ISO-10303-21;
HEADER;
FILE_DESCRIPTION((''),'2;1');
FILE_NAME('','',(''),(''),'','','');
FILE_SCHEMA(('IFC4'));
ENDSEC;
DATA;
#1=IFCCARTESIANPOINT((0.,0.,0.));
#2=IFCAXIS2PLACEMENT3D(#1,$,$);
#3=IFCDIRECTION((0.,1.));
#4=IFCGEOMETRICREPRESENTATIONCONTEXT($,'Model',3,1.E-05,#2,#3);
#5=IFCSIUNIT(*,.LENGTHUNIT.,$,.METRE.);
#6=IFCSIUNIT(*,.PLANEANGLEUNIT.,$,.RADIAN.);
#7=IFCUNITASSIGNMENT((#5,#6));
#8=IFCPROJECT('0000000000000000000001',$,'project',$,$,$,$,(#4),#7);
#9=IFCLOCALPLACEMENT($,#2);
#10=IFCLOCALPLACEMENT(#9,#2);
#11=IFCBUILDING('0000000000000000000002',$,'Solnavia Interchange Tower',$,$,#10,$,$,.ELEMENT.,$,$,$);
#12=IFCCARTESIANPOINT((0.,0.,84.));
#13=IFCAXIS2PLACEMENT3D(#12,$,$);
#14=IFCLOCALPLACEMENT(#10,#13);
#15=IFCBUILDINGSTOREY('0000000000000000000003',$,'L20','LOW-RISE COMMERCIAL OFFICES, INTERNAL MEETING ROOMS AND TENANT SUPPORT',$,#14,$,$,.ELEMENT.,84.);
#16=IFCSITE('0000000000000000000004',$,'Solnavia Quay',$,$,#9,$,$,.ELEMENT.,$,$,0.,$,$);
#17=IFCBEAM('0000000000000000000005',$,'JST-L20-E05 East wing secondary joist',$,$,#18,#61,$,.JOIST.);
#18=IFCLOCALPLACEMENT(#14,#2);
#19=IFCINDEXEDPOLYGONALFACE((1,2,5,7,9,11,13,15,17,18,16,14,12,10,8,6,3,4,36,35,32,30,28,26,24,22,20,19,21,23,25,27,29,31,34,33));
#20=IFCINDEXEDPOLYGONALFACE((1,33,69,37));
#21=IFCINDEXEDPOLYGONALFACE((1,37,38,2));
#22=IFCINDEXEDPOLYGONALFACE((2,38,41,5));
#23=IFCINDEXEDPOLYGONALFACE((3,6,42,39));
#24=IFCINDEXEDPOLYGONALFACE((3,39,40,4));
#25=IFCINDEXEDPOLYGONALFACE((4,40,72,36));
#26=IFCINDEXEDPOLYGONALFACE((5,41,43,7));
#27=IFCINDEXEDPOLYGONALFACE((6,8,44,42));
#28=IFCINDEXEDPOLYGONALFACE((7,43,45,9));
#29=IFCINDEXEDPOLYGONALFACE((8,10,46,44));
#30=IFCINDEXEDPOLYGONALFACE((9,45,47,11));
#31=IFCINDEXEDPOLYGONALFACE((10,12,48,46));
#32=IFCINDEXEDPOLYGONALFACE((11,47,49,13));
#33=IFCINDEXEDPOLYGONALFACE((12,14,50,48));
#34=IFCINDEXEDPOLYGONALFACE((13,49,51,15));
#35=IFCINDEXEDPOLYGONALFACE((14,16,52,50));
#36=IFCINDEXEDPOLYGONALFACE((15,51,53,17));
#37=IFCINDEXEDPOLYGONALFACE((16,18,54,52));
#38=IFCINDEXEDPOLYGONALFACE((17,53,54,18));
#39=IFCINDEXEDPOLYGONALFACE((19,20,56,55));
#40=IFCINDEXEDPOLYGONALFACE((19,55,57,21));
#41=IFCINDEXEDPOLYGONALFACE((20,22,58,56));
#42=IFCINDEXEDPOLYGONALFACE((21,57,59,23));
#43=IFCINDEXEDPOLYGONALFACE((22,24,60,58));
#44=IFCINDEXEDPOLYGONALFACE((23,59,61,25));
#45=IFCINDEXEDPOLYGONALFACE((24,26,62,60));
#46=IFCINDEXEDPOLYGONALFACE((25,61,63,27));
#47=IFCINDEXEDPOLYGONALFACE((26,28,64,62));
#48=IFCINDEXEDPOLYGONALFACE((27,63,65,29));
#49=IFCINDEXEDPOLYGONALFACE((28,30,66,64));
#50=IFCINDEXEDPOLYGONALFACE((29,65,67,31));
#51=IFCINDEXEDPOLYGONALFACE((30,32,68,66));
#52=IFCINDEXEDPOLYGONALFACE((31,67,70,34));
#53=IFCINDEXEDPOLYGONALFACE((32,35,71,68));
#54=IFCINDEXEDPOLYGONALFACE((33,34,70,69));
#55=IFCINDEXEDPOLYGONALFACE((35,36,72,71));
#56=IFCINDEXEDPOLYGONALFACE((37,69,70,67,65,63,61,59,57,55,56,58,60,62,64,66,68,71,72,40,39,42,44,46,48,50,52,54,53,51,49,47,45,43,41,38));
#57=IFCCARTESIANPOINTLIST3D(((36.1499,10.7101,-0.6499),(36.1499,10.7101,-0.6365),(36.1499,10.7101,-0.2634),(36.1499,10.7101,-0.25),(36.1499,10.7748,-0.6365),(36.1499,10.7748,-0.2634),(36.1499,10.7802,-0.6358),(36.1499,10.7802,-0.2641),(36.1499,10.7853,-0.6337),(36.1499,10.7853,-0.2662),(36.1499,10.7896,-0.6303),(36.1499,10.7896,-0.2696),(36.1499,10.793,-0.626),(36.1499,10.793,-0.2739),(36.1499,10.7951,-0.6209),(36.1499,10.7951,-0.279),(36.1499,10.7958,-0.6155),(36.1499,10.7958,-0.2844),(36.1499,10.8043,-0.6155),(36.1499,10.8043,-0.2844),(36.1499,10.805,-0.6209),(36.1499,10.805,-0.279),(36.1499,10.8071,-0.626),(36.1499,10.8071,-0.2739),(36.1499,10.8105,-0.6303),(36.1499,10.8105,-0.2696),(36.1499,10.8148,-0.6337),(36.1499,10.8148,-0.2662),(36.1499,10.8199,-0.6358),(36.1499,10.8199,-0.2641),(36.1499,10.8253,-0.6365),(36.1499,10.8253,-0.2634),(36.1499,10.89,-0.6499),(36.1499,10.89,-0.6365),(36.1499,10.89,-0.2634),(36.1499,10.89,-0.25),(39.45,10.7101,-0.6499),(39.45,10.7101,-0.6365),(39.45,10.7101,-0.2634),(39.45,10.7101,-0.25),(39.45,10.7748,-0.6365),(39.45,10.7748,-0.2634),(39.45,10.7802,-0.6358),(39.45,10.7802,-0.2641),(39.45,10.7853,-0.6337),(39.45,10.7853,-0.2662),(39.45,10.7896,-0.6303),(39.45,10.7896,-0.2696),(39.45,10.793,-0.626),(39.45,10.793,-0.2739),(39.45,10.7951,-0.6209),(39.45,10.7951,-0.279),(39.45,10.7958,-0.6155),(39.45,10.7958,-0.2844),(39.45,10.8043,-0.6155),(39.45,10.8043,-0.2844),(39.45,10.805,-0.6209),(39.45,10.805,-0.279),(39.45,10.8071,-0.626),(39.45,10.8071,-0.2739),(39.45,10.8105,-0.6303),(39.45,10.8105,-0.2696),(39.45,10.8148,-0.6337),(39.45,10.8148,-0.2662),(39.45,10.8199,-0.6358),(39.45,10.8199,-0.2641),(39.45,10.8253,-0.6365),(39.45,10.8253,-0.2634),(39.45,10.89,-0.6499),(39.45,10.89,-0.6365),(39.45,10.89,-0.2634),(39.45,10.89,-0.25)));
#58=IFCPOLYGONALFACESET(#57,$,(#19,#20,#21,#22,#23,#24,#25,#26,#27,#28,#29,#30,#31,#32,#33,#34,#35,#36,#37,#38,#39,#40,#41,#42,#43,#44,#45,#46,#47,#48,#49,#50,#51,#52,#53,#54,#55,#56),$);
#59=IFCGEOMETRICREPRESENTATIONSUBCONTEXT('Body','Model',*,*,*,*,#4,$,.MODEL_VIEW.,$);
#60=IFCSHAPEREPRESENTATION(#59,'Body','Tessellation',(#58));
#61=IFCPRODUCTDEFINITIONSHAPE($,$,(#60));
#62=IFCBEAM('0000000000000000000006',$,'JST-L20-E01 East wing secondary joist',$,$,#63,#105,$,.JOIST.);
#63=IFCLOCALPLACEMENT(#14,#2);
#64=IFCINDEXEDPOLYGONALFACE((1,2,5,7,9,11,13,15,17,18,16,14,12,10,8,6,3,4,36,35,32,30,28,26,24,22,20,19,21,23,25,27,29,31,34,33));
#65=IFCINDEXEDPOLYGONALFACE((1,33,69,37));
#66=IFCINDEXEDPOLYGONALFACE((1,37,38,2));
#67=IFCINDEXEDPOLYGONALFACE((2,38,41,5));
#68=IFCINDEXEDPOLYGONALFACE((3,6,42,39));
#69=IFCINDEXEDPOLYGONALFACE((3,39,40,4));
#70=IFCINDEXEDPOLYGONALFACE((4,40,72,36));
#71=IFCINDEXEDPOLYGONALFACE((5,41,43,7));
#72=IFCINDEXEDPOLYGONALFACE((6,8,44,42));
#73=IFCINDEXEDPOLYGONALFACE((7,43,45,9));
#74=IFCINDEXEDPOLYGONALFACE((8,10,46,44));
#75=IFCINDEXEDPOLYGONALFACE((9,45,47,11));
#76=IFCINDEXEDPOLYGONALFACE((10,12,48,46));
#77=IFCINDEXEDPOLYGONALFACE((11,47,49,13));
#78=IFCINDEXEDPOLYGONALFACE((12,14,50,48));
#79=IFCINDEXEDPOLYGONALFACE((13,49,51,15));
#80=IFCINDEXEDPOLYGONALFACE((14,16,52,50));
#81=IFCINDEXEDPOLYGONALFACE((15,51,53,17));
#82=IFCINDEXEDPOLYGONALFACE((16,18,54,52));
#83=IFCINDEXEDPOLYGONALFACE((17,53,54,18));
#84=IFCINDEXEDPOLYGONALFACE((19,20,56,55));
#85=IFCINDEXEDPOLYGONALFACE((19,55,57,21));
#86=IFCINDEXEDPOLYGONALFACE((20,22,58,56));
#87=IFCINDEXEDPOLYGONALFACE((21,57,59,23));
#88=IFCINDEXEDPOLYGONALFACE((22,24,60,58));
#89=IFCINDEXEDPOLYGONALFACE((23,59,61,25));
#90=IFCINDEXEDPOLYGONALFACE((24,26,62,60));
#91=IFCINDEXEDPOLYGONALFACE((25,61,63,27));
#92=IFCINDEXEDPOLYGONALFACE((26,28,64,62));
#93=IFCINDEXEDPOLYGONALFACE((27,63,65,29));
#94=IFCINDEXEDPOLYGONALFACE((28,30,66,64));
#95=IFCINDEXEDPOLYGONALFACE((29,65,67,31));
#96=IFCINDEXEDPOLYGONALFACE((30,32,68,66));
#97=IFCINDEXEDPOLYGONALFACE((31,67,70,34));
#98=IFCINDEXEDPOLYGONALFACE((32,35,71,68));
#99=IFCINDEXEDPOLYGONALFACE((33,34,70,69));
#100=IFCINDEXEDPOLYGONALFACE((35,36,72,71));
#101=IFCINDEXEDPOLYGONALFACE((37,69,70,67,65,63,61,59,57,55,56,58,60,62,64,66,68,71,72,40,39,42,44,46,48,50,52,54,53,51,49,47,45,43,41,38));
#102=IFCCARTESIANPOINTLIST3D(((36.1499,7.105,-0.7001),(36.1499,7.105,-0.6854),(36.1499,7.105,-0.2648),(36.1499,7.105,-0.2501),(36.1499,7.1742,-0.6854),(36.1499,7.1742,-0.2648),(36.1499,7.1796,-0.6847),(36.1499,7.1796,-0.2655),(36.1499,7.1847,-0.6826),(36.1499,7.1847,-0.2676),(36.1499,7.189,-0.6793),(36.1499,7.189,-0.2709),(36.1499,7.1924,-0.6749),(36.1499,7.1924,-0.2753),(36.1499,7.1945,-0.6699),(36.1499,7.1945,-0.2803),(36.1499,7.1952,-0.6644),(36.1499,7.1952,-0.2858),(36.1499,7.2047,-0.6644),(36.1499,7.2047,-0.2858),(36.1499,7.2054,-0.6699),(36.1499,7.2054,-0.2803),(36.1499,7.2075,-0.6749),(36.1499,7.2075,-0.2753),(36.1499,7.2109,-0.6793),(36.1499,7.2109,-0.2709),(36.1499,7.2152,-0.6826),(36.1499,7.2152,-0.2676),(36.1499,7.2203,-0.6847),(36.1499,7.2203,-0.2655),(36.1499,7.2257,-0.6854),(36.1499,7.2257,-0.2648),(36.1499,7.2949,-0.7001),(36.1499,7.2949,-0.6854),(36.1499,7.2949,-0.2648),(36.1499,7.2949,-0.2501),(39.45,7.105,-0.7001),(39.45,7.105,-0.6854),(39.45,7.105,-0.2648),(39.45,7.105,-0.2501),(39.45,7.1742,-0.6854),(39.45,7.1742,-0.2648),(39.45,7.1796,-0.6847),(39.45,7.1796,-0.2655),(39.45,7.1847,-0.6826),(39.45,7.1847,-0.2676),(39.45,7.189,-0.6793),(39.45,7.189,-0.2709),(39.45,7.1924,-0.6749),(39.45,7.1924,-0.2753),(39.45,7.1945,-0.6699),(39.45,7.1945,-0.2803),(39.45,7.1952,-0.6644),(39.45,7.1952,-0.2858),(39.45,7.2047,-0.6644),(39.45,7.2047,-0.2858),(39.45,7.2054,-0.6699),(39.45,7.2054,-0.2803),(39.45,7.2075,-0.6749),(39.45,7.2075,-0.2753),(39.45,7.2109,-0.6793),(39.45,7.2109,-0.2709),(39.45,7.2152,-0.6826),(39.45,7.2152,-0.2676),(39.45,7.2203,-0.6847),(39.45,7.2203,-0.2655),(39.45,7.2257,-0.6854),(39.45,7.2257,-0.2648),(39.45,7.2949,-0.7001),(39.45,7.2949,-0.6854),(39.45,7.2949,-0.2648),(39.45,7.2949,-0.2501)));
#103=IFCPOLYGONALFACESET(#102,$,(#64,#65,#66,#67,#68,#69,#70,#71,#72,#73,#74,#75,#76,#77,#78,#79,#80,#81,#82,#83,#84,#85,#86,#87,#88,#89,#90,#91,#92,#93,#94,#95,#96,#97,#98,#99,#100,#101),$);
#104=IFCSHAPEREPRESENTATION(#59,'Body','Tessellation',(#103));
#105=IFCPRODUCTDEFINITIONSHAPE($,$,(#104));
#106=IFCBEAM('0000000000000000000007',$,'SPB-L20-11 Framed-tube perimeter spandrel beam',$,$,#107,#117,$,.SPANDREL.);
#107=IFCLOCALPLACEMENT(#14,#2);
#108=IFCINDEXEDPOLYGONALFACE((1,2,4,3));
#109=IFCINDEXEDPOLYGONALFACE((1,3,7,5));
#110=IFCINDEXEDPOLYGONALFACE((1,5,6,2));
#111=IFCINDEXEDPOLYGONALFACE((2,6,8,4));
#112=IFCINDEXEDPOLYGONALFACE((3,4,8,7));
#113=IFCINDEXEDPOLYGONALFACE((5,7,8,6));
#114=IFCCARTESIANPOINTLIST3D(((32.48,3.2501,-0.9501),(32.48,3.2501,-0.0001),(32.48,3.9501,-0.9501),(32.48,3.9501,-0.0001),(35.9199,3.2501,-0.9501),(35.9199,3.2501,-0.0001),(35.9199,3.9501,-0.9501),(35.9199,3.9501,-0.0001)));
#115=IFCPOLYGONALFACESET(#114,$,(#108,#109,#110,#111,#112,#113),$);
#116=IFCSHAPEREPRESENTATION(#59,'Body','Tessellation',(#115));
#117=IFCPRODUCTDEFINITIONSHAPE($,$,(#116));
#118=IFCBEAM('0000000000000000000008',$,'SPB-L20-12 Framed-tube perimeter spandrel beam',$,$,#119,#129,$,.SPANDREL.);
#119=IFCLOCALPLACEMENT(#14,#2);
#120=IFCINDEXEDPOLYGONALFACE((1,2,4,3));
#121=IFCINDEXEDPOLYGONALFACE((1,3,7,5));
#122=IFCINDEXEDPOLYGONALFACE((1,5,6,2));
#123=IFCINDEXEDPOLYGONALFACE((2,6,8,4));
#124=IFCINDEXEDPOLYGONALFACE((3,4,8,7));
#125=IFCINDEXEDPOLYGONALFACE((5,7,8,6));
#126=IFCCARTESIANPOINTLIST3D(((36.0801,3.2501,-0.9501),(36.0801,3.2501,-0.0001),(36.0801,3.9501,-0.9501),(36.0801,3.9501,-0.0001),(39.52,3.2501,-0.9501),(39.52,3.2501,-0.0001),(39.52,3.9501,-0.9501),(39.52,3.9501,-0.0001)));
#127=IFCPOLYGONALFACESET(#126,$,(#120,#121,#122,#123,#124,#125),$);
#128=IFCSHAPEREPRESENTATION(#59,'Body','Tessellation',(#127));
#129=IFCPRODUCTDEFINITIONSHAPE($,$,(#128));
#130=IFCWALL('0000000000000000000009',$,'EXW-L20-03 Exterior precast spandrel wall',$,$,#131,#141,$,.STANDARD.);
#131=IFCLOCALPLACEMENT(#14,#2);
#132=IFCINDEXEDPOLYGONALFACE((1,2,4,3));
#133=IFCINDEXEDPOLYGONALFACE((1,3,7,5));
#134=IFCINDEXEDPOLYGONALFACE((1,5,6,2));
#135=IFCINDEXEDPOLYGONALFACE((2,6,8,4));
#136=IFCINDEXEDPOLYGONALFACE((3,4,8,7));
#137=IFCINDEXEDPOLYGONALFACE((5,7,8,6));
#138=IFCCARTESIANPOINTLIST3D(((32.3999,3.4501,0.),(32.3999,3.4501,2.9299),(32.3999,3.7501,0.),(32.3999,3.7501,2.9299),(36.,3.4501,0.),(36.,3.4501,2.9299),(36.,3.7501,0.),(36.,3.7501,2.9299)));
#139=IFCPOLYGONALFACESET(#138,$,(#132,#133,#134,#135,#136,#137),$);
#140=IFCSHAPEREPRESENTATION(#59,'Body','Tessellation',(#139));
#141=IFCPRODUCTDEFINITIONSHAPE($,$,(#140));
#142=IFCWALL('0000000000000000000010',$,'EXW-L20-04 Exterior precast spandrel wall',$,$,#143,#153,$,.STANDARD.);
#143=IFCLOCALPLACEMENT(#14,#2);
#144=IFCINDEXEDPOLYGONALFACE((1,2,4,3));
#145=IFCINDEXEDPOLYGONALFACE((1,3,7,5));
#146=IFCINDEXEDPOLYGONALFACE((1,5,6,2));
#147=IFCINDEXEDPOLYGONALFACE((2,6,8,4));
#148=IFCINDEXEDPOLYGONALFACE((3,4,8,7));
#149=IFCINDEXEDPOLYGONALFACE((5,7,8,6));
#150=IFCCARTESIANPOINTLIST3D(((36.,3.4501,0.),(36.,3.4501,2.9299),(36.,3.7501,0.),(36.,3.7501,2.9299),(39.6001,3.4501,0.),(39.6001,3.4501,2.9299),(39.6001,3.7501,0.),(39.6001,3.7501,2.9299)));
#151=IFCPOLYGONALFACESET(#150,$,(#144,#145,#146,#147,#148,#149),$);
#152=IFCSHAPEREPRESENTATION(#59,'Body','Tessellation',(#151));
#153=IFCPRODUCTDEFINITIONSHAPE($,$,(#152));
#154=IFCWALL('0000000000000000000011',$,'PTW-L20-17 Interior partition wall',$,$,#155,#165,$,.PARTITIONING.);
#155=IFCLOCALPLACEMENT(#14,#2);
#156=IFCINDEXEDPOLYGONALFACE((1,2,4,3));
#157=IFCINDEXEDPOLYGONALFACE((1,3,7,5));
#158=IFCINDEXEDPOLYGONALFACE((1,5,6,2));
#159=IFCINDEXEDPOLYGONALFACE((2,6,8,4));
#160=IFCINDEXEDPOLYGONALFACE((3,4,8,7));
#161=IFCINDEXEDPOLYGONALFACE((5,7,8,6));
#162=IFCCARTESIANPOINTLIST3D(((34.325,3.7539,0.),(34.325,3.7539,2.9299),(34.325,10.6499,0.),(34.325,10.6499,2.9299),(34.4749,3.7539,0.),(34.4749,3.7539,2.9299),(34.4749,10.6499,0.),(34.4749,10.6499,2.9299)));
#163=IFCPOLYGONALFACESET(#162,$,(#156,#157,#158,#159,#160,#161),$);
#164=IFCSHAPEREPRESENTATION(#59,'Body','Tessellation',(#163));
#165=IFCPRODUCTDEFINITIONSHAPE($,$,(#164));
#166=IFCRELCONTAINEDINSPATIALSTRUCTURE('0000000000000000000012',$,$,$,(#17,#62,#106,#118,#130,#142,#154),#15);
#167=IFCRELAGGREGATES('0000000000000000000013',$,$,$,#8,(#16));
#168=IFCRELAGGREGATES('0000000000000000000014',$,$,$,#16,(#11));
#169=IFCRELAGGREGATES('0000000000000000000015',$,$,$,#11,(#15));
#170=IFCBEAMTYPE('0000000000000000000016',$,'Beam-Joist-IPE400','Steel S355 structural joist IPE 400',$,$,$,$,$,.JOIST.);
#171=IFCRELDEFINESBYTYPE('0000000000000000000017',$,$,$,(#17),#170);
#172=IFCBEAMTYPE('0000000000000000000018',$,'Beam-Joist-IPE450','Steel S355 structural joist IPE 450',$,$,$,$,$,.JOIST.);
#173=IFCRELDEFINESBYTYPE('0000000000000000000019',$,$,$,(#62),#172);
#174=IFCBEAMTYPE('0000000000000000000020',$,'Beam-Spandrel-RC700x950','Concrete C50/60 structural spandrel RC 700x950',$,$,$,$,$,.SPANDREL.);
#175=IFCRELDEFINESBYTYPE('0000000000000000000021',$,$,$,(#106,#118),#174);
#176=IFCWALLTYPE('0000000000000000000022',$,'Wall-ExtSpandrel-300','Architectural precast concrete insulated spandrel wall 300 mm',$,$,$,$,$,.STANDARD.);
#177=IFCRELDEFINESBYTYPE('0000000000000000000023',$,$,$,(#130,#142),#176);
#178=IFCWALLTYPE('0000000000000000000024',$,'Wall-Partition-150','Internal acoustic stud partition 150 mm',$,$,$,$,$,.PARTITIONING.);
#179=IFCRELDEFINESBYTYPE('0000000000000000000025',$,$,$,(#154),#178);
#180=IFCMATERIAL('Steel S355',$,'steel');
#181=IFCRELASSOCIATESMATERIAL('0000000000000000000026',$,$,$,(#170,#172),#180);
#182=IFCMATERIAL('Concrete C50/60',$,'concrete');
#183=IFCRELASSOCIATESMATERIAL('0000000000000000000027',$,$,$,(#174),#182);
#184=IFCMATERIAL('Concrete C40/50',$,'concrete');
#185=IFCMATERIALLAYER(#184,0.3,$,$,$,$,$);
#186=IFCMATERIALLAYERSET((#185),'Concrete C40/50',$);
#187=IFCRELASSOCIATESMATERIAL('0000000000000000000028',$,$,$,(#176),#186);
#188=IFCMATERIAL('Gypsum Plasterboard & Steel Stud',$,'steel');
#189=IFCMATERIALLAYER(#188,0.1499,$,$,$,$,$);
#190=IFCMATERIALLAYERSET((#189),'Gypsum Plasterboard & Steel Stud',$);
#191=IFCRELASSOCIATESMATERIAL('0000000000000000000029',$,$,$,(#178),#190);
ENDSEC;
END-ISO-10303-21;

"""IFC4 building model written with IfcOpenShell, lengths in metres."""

from ifc_helpers import new_model, si_unit, direction, frame, frame_2d, origin, origin_2d, place, context, subcontext, project, spatial, rectangle, i_section, extrude, material, layer, layer_set, material_profile, profile_set, type_object, element, save


model = new_model("IFC4")

# Units and contexts
model_context = context("Model", 3, precision=1e-05, world=origin(), true_north=direction((0.0, 1.0)))
body_context = subcontext(model_context, "Body", "Model", "MODEL_VIEW")
ifc_project = project(units=[si_unit("LENGTHUNIT", "METRE"), si_unit("PLANEANGLEUNIT", "RADIAN")], contexts=[model_context])

# Site, building, storey
site_placement = place(None, origin())
site = spatial("IfcSite", under=ifc_project, at=site_placement, Name="Solnavia Quay", CompositionType="ELEMENT", RefElevation=0.0)
building_placement = place(site_placement, origin())
building = spatial("IfcBuilding", under=site, at=building_placement, Name="Solnavia Interchange Tower", CompositionType="ELEMENT")
storey_placement = place(building_placement, frame((0.0, 0.0, 84.0)))
storey = spatial("IfcBuildingStorey", under=building, at=storey_placement, Name="L20", Description="LOW-RISE COMMERCIAL OFFICES, INTERNAL MEETING ROOMS AND TENANT SUPPORT", CompositionType="ELEMENT", Elevation=84.0)

# Shared definitions
ifc_material_1 = material(Name="Concrete C50/60", Category="concrete")
ifc_material_2 = material(Name="Steel S355", Category="steel")

# Beams
ifc_material_profile_1 = material_profile(ifc_material_2, i_section(OverallWidth=0.1799, OverallDepth=0.3999, WebThickness=0.0085, FlangeThickness=0.0134, FilletRadius=0.021, at=origin_2d()), Name="IPE 400")
ifc_profile_set_1 = profile_set([ifc_material_profile_1], Name="Steel S355")
beam_type_1 = type_object("IfcBeamType", Name="Beam-Joist-IPE400", Description="Steel S355 structural joist IPE 400", PredefinedType="JOIST", material=ifc_profile_set_1)
beam_1_placement = place(storey_placement, frame((36.1499, 10.8, -0.45), z_axis=(1.0, 0.0, 0.0), x_axis=(0.0, 1.0, 0.0)))
element("IfcBeam", 1, at=beam_1_placement, inside=storey, type_object=beam_type_1, Name="JST-L20-E05 East wing secondary joist", PredefinedType="JOIST", context=body_context, shape_type="SweptSolid", body=[
    extrude(i_section(OverallWidth=0.1799, OverallDepth=0.3999, WebThickness=0.0085, FlangeThickness=0.0134, FilletRadius=0.021, at=origin_2d()), origin(), (0.0, 0.0, 1.0), 3.3),
])
ifc_material_profile_2 = material_profile(ifc_material_2, i_section(OverallWidth=0.1899, OverallDepth=0.45, WebThickness=0.0095, FlangeThickness=0.0146, FilletRadius=0.021, at=origin_2d()), Name="IPE 450")
ifc_profile_set_2 = profile_set([ifc_material_profile_2], Name="Steel S355")
beam_type_2 = type_object("IfcBeamType", Name="Beam-Joist-IPE450", Description="Steel S355 structural joist IPE 450", PredefinedType="JOIST", material=ifc_profile_set_2)
beam_2_placement = place(storey_placement, frame((36.1499, 7.2, -0.4751), z_axis=(1.0, 0.0, 0.0), x_axis=(0.0, 1.0, 0.0)))
element("IfcBeam", 2, at=beam_2_placement, inside=storey, type_object=beam_type_2, Name="JST-L20-E01 East wing secondary joist", PredefinedType="JOIST", context=body_context, shape_type="SweptSolid", body=[
    extrude(i_section(OverallWidth=0.1899, OverallDepth=0.45, WebThickness=0.0095, FlangeThickness=0.0146, FilletRadius=0.021, at=origin_2d()), origin(), (0.0, 0.0, 1.0), 3.3),
])
ifc_material_profile_3 = material_profile(ifc_material_1, rectangle(XDim=0.7, YDim=0.95, at=origin_2d()), Name="RC 700x950")
ifc_profile_set_3 = profile_set([ifc_material_profile_3], Name="Concrete C50/60")
beam_type_3 = type_object("IfcBeamType", Name="Beam-Spandrel-RC700x950", Description="Concrete C50/60 structural spandrel RC 700x950", PredefinedType="SPANDREL", material=ifc_profile_set_3)
for number, where, z_axis, x_axis, name in (
    (3, (32.48, 3.6001, -0.4751), (1.0, 0.0, 0.0), (0.0, 1.0, 0.0), "SPB-L20-11 Framed-tube perimeter spandrel beam"),
    (4, (36.0801, 3.6001, -0.4751), (1.0, 0.0, 0.0), (0.0, 1.0, 0.0), "SPB-L20-12 Framed-tube perimeter spandrel beam"),
):
    element("IfcBeam", number, at=place(storey_placement, frame(where, z_axis=z_axis, x_axis=x_axis)), inside=storey, type_object=beam_type_3, Name=name, PredefinedType="SPANDREL", context=body_context, shape_type="SweptSolid", body=[
        extrude(rectangle(XDim=0.7, YDim=0.95, at=origin_2d()), origin(), (0.0, 0.0, 1.0), 3.4399),
    ])

# Walls
ifc_material_3 = material(Name="Concrete C40/50", Category="concrete")
ifc_layer_1 = layer(ifc_material_3, 0.3)
ifc_layer_set_1 = layer_set([ifc_layer_1], Name="Concrete C40/50")
wall_type_1 = type_object("IfcWallType", Name="Wall-ExtSpandrel-300", Description="Architectural precast concrete insulated spandrel wall 300 mm", PredefinedType="STANDARD", material=ifc_layer_set_1)
for number, where, z_axis, x_axis, name in (
    (5, (36.0, 3.6001, 0.0), (0.0, 0.0, 1.0), (-1.0, 0.0, 0.0), "EXW-L20-03 Exterior precast spandrel wall"),
    (6, (39.6001, 3.6001, 0.0), (0.0, 0.0, 1.0), (-1.0, 0.0, 0.0), "EXW-L20-04 Exterior precast spandrel wall"),
):
    element("IfcWall", number, at=place(storey_placement, frame(where, z_axis=z_axis, x_axis=x_axis)), inside=storey, type_object=wall_type_1, Name=name, PredefinedType="STANDARD", context=body_context, shape_type="SweptSolid", body=[
        extrude(rectangle(XDim=3.6001, YDim=0.3, at=frame_2d((1.8, 0.0))), origin(), (0.0, 0.0, 1.0), 2.9299),
    ])
ifc_material_4 = material(Name="Gypsum Plasterboard & Steel Stud", Category="steel")
ifc_layer_2 = layer(ifc_material_4, 0.1499)
ifc_layer_set_2 = layer_set([ifc_layer_2], Name="Gypsum Plasterboard & Steel Stud")
wall_type_2 = type_object("IfcWallType", Name="Wall-Partition-150", Description="Internal acoustic stud partition 150 mm", PredefinedType="PARTITIONING", material=ifc_layer_set_2)
wall_1_placement = place(storey_placement, frame((34.3999, 3.7539, 0.0), z_axis=(0.0, 0.0, 1.0), x_axis=(0.0, 1.0, 0.0)))
element("IfcWall", 7, at=wall_1_placement, inside=storey, type_object=wall_type_2, Name="PTW-L20-17 Interior partition wall", PredefinedType="PARTITIONING", context=body_context, shape_type="SweptSolid", body=[
    extrude(rectangle(XDim=6.896, YDim=0.1499, at=frame_2d((3.448, 0.0))), origin(), (0.0, 0.0, 1.0), 2.9299),
])

save(model, "model.ifc")
